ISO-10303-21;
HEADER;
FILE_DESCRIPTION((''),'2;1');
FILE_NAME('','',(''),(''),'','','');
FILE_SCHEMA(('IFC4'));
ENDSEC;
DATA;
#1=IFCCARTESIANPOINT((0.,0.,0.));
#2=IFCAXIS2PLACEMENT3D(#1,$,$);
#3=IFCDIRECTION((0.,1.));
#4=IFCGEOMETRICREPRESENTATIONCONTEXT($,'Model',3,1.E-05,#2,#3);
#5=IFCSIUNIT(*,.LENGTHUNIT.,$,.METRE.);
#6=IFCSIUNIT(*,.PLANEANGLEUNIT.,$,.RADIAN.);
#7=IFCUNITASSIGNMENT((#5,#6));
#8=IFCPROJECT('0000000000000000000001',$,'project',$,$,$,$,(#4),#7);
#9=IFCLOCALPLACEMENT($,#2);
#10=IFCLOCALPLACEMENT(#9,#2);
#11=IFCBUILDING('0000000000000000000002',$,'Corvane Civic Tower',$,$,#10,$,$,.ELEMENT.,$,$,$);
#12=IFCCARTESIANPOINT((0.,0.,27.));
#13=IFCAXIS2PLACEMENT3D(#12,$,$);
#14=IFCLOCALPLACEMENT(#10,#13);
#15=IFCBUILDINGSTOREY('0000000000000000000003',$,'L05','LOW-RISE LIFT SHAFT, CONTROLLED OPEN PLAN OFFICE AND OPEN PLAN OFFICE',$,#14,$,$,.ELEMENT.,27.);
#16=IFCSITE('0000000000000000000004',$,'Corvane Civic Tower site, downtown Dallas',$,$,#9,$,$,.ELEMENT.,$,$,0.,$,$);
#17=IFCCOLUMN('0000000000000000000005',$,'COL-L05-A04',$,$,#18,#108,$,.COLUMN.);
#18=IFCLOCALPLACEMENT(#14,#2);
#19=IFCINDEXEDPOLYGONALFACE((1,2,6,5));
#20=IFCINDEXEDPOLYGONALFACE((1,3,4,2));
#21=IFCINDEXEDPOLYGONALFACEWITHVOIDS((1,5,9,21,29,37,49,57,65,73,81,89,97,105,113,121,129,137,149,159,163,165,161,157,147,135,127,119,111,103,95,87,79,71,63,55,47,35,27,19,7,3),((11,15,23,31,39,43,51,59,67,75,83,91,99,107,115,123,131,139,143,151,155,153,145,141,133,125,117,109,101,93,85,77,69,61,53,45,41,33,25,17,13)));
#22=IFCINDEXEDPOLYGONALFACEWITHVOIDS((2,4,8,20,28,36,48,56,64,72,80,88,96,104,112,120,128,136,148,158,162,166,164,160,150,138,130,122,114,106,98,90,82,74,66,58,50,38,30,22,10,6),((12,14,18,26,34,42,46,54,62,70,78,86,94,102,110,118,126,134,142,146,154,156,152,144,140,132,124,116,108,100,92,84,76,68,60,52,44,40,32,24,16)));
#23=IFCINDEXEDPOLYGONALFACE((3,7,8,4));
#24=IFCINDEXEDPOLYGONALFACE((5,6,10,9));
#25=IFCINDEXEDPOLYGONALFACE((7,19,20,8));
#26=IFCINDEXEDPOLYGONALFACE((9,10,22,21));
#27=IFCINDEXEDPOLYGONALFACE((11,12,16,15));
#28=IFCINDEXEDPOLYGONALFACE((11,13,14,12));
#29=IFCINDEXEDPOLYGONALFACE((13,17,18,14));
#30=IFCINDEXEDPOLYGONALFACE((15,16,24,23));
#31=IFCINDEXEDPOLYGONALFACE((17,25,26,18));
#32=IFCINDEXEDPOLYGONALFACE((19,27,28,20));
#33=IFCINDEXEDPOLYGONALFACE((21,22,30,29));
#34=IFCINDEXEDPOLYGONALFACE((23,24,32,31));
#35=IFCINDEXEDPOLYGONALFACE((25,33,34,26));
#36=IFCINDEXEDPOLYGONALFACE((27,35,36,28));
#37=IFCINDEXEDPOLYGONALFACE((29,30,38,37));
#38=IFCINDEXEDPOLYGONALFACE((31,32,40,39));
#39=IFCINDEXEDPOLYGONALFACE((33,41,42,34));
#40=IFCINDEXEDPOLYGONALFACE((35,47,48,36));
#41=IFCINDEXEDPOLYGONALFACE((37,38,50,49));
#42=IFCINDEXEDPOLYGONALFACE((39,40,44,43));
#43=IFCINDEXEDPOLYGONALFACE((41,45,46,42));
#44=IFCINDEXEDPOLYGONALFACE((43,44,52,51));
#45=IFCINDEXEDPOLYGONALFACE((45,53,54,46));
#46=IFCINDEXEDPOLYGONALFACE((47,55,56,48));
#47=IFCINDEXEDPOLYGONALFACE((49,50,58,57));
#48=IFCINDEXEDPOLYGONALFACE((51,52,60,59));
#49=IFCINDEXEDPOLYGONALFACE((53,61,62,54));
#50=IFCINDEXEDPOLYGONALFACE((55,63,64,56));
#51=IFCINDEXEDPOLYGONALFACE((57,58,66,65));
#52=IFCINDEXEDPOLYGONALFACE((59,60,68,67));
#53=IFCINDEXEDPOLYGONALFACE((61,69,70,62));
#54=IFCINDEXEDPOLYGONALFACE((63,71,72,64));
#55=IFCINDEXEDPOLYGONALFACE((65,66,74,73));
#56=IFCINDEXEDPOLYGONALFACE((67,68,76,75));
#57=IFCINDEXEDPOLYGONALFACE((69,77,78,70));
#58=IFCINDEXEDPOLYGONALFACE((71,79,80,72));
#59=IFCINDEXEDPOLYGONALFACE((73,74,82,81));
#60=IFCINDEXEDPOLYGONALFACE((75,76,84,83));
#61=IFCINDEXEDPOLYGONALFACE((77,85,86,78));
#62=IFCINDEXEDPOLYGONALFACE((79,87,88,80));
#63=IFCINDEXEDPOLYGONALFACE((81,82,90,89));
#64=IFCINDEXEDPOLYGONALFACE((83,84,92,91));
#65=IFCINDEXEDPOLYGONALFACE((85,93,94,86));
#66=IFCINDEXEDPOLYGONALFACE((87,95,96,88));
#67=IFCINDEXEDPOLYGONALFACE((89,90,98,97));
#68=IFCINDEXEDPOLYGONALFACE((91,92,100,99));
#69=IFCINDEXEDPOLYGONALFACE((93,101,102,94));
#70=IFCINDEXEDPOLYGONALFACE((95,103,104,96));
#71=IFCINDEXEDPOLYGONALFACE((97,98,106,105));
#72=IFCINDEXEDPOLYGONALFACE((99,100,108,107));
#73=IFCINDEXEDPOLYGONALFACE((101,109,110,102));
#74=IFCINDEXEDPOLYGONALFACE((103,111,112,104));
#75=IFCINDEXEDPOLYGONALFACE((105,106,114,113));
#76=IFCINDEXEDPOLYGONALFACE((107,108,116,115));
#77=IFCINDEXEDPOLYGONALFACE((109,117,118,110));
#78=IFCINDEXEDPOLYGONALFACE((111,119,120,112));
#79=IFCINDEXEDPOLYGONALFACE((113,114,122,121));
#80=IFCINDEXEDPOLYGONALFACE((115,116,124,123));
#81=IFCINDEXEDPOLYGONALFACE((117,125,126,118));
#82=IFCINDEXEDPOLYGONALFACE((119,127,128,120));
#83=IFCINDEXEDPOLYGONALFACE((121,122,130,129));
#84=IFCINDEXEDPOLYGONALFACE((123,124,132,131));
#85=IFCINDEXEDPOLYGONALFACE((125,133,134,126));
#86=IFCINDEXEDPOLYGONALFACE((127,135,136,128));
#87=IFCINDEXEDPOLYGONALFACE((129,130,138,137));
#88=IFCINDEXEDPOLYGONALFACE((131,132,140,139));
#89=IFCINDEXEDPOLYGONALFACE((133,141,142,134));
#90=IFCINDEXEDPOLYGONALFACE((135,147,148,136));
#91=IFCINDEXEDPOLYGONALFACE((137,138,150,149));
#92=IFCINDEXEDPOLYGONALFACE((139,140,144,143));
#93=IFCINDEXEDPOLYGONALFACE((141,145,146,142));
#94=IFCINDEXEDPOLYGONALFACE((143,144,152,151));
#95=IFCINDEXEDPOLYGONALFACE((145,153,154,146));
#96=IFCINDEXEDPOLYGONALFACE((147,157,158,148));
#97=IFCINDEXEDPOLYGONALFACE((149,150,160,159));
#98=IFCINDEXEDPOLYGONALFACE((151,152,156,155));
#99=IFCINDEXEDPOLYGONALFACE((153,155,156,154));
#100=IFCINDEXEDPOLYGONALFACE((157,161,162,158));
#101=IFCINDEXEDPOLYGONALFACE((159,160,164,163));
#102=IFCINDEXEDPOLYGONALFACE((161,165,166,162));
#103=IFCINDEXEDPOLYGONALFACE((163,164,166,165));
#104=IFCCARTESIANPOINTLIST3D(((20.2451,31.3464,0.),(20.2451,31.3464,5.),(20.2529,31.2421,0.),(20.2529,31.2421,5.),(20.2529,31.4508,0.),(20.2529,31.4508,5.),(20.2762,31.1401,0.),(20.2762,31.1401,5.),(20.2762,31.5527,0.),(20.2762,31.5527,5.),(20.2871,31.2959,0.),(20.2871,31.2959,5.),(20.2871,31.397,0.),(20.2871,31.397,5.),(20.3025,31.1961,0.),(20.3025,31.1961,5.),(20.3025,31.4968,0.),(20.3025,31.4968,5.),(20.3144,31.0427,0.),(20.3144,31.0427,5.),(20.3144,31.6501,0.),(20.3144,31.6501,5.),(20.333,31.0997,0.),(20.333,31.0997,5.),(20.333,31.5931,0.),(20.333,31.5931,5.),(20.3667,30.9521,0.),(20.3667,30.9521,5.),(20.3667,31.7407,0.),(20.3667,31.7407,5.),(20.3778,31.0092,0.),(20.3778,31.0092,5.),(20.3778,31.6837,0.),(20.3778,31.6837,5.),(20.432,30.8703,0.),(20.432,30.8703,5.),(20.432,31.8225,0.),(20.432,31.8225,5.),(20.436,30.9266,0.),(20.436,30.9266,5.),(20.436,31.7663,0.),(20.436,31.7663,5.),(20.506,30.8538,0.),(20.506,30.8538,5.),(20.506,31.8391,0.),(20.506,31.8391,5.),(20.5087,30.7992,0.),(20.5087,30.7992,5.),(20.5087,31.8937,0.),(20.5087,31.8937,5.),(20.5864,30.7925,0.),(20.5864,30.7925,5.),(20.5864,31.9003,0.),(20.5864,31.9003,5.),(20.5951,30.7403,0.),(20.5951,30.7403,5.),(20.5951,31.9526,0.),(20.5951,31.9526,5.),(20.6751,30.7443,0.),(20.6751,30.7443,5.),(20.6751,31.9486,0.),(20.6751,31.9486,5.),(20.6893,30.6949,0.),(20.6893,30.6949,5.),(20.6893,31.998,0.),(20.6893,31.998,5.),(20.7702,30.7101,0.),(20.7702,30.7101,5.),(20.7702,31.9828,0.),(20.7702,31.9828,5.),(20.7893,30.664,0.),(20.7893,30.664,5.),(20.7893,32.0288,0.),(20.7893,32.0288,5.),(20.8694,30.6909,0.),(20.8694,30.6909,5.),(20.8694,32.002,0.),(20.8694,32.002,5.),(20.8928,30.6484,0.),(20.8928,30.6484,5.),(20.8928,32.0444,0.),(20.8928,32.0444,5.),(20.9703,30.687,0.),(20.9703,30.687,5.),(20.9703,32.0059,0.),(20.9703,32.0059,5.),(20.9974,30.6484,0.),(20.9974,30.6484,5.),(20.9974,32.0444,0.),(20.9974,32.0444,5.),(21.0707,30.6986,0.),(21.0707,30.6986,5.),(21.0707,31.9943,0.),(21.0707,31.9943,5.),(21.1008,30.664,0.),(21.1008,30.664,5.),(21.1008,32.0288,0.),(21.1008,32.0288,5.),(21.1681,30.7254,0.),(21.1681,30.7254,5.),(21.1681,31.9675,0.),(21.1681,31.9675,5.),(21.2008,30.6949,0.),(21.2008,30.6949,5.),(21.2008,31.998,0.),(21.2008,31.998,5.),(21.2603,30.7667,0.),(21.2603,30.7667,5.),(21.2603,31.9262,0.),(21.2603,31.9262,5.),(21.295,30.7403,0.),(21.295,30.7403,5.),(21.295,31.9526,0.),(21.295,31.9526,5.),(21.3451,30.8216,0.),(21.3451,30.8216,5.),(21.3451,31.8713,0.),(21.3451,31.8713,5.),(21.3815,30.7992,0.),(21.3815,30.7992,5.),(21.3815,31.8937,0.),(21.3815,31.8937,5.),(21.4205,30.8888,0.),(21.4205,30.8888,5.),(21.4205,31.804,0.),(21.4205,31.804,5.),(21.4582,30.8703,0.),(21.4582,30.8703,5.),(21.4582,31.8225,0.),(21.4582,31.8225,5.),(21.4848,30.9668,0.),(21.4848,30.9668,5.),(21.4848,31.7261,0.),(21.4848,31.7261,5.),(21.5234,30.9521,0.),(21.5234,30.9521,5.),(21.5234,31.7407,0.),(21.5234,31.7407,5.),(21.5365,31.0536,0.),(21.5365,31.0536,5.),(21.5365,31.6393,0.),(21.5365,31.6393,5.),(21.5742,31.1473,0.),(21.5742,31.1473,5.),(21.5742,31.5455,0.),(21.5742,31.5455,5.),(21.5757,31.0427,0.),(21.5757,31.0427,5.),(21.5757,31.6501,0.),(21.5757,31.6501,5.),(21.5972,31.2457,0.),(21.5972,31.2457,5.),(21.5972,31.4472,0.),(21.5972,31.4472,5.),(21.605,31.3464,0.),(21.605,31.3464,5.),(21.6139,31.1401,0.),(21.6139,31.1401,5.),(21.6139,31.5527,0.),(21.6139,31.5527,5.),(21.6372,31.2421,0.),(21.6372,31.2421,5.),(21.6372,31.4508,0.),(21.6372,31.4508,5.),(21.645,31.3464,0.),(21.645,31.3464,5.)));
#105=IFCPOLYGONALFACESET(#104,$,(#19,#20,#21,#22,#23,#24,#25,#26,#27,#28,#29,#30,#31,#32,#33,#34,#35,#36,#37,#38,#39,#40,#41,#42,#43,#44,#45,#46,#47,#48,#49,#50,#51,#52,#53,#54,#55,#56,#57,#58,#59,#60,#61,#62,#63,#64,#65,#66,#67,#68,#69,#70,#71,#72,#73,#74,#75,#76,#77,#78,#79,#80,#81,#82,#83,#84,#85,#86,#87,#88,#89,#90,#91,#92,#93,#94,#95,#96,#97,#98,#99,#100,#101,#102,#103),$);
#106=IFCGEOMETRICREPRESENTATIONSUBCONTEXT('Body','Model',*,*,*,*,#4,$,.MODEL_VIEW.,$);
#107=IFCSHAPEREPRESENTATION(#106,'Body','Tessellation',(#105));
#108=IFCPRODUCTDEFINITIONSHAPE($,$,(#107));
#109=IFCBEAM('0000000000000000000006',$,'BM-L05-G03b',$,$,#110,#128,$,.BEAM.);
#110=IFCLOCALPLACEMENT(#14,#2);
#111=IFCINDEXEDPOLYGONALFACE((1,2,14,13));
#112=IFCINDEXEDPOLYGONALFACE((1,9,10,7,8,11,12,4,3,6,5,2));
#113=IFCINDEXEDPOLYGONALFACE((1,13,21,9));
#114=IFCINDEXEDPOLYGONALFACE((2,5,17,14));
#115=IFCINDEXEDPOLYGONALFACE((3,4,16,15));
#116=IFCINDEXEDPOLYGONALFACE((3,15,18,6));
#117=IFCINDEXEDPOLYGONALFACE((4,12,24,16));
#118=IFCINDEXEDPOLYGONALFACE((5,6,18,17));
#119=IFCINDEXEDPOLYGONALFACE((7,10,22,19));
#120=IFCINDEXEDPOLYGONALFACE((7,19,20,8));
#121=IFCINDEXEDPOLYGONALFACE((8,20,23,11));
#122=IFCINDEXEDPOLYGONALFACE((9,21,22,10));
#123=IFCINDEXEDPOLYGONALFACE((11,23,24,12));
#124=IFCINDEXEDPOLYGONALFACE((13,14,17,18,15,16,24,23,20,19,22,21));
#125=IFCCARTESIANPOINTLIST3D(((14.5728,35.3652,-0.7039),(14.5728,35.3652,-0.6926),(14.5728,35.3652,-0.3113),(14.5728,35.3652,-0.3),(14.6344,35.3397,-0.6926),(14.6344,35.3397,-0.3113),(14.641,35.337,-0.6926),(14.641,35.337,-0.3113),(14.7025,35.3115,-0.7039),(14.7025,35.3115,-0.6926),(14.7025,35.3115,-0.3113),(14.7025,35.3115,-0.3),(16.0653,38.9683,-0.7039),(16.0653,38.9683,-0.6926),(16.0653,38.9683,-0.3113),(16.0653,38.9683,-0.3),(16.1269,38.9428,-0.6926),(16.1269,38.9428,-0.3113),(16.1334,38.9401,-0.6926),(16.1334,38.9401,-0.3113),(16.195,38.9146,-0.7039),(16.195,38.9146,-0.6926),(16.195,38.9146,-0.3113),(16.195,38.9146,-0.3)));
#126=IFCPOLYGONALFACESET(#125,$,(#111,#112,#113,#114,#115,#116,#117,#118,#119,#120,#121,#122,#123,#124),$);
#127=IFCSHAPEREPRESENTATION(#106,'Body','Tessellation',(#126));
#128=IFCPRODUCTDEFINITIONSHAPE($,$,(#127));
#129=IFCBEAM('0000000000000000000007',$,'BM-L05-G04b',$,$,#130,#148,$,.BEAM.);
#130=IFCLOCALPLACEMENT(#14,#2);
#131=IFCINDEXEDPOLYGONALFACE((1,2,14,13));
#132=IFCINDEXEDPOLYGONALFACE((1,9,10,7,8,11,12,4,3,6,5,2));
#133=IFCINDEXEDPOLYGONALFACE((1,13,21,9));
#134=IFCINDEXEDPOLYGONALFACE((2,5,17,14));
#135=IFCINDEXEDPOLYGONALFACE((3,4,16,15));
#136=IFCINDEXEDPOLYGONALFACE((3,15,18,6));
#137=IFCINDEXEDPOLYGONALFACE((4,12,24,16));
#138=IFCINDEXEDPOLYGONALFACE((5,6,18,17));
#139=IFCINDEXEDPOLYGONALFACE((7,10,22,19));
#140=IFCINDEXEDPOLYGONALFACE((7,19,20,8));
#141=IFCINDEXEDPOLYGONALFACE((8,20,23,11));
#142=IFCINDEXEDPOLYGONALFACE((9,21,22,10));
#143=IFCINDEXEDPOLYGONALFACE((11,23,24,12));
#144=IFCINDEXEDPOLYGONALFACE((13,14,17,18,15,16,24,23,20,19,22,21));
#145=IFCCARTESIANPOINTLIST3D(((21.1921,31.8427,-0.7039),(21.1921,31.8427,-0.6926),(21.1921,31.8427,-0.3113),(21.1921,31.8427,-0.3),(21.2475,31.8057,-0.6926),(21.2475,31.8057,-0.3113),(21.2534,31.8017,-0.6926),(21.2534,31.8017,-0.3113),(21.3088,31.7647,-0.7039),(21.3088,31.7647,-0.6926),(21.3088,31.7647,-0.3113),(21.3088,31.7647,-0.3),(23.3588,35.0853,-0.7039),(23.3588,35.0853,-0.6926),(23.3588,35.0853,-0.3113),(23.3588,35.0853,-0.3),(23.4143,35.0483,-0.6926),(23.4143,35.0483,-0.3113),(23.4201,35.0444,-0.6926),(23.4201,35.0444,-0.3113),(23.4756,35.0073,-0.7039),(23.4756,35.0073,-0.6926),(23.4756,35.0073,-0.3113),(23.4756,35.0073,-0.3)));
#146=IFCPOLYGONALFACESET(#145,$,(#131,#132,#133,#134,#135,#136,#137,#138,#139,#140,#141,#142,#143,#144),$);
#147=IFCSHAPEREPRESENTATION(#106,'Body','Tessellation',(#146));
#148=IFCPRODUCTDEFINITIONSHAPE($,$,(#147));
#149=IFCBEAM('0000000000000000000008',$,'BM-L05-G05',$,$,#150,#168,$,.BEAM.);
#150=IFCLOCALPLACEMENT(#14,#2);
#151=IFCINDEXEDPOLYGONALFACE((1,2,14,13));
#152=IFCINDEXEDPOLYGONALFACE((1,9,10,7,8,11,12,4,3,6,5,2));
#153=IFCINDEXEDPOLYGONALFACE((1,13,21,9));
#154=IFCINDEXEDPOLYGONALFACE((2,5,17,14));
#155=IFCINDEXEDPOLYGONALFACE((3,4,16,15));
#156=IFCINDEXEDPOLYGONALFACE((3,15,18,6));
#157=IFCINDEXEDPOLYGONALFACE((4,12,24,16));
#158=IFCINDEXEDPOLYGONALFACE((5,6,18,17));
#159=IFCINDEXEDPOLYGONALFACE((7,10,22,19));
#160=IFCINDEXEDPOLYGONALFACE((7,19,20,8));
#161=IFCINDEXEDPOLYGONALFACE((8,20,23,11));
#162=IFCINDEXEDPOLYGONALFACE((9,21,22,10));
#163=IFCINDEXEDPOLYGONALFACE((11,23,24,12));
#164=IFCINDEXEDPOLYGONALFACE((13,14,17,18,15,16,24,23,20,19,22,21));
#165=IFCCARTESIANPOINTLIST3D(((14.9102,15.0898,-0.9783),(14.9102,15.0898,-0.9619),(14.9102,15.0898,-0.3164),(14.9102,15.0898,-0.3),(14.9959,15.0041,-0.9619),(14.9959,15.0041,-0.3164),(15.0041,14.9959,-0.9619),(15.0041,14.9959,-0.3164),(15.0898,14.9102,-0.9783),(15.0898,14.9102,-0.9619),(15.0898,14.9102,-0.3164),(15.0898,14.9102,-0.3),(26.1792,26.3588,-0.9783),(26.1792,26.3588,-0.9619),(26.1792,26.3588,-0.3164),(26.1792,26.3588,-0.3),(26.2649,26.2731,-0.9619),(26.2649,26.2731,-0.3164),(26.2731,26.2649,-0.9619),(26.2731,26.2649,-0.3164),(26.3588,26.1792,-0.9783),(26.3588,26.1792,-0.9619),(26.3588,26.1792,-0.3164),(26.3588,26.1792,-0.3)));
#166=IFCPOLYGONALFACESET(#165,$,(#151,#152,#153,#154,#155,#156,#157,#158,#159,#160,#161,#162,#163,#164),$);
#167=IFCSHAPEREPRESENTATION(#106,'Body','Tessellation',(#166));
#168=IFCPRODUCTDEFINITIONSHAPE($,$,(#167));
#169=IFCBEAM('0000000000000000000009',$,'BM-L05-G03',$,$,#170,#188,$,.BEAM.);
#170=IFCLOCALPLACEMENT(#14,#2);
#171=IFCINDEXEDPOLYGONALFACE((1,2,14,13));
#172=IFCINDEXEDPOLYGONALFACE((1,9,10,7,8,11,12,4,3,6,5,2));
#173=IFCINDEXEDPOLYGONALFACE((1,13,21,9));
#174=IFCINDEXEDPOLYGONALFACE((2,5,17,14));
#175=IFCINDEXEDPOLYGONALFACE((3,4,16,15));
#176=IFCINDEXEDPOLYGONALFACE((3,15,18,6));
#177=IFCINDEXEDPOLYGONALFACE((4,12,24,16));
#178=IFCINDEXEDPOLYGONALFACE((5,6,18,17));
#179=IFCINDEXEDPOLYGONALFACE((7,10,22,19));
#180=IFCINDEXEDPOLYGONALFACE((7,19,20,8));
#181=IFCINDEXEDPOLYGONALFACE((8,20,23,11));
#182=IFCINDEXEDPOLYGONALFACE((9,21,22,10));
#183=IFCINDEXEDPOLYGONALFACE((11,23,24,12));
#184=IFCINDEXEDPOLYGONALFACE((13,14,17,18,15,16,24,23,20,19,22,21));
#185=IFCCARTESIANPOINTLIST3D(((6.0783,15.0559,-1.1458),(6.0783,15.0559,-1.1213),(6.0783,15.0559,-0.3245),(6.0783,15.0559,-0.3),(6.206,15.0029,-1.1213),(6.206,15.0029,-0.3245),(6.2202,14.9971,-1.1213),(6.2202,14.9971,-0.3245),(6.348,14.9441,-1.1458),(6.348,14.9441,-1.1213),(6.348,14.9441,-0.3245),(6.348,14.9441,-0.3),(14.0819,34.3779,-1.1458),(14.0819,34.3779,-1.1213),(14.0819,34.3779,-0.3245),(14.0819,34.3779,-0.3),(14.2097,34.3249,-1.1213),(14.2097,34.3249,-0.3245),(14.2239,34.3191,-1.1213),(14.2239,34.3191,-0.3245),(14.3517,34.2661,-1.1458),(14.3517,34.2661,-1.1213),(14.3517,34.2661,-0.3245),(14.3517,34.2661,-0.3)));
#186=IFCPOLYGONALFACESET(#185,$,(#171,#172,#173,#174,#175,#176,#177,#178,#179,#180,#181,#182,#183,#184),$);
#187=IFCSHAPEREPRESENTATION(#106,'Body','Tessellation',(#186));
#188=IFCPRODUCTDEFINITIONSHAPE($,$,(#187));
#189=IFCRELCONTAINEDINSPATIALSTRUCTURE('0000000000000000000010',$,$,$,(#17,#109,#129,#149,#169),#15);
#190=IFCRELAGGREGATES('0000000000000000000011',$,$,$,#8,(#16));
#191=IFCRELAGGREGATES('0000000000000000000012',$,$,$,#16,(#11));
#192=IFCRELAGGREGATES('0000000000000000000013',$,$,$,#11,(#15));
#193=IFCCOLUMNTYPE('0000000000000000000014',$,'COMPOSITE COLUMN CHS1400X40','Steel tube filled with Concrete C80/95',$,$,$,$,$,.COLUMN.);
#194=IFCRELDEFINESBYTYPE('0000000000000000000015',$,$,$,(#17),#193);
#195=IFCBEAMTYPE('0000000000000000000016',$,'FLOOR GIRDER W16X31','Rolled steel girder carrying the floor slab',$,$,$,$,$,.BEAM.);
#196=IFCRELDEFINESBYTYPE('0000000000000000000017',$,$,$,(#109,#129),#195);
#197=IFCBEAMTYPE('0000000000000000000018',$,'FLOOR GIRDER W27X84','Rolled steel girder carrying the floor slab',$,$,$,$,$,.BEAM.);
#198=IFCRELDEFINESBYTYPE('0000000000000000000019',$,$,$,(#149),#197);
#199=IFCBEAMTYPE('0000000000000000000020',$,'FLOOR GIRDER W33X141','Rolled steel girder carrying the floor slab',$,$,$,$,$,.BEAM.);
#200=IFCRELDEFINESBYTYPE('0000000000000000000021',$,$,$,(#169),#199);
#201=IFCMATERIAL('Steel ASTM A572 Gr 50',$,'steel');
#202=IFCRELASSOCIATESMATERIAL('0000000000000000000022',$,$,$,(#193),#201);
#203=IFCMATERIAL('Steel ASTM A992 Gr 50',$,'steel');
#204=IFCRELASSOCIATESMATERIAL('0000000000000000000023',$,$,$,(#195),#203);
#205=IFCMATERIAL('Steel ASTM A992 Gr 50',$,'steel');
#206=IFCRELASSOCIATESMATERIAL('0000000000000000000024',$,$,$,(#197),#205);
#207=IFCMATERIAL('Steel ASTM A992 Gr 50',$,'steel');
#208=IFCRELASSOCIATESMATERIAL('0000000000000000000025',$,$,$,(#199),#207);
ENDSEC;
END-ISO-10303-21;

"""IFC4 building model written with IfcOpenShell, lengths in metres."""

from ifc_helpers import new_model, si_unit, direction, frame, origin, origin_2d, place, context, subcontext, project, spatial, hollow_circle, i_section, extrude, material, material_profile, profile_set, type_object, element, save


model = new_model("IFC4")

# Units and contexts
model_context = context("Model", 3, precision=1e-05, world=origin(), true_north=direction((0.0, 1.0)))
body_context = subcontext(model_context, "Body", "Model", "MODEL_VIEW")
ifc_project = project(units=[si_unit("LENGTHUNIT", "METRE"), si_unit("PLANEANGLEUNIT", "RADIAN")], contexts=[model_context])

# Site, building, storey
site_placement = place(None, origin())
site = spatial("IfcSite", under=ifc_project, at=site_placement, Name="Corvane Civic Tower site, downtown Dallas", CompositionType="ELEMENT", RefElevation=0.0)
building_placement = place(site_placement, origin())
building = spatial("IfcBuilding", under=site, at=building_placement, Name="Corvane Civic Tower", CompositionType="ELEMENT")
storey_placement = place(building_placement, frame((0.0, 0.0, 27.0)))
storey = spatial("IfcBuildingStorey", under=building, at=storey_placement, Name="L05", Description="LOW-RISE LIFT SHAFT, CONTROLLED OPEN PLAN OFFICE AND OPEN PLAN OFFICE", CompositionType="ELEMENT", Elevation=27.0)

# Column
ifc_material_1 = material(Name="Steel ASTM A572 Gr 50", Category="steel")
ifc_material_profile_1 = material_profile(ifc_material_1, hollow_circle(Radius=0.7, WallThickness=0.04, at=origin_2d()), Name="CHS1400X40")
ifc_profile_set_1 = profile_set([ifc_material_profile_1], Name="Steel ASTM A572 Gr 50")
column_type_1 = type_object("IfcColumnType", Name="COMPOSITE COLUMN CHS1400X40", Description="Steel tube filled with Concrete C80/95", PredefinedType="COLUMN", material=ifc_profile_set_1)
for number, where, z_axis, x_axis, name in (
    (1, (20.9451, 31.3464, 0.0), (0.0, 0.0, 1.0), (1.0, 0.0, 0.0), "COL-L05-A04"),
):
    element("IfcColumn", number, at=place(storey_placement, frame(where, z_axis=z_axis, x_axis=x_axis)), inside=storey, type_object=column_type_1, Name=name, PredefinedType="COLUMN", context=body_context, shape_type="SweptSolid", body=[
        extrude(hollow_circle(Radius=0.7, WallThickness=0.04, at=origin_2d()), origin(), (0.0, 0.0, 1.0), 5.0),
    ])

# Beams
ifc_material_2 = material(Name="Steel ASTM A992 Gr 50", Category="steel")
ifc_material_profile_2 = material_profile(ifc_material_2, i_section(OverallWidth=0.1404, OverallDepth=0.4038, WebThickness=0.0071, FlangeThickness=0.0112, at=origin_2d()), Name="W16X31")
ifc_profile_set_2 = profile_set([ifc_material_profile_2], Name="Steel ASTM A992 Gr 50")
beam_type_1 = type_object("IfcBeamType", Name="FLOOR GIRDER W16X31", Description="Rolled steel girder carrying the floor slab", PredefinedType="BEAM", material=ifc_profile_set_2)
for number, where, z_axis, x_axis, name in (
    (2, (14.6377, 35.3384, -0.502), (0.382685, 0.923879, 0.0), (-0.923879, 0.382685, 0.0), "BM-L05-G03b"),
    (3, (21.2505, 31.8037, -0.502), (0.555581, 0.831462, 0.0), (-0.831462, 0.555581, 0.0), "BM-L05-G04b"),
):
    element("IfcBeam", number, at=place(storey_placement, frame(where, z_axis=z_axis, x_axis=x_axis)), inside=storey, type_object=beam_type_1, Name=name, PredefinedType="BEAM", context=body_context, shape_type="SweptSolid", body=[
        extrude(i_section(OverallWidth=0.1404, OverallDepth=0.4038, WebThickness=0.0071, FlangeThickness=0.0112, at=origin_2d()), origin(), (0.0, 0.0, 1.0), 3.8999),
    ])
ifc_material_3 = material(Name="Steel ASTM A992 Gr 50", Category="steel")
ifc_material_profile_3 = material_profile(ifc_material_3, i_section(OverallWidth=0.2539, OverallDepth=0.6782, WebThickness=0.0117, FlangeThickness=0.0164, at=origin_2d()), Name="W27X84")
ifc_profile_set_3 = profile_set([ifc_material_profile_3], Name="Steel ASTM A992 Gr 50")
beam_type_2 = type_object("IfcBeamType", Name="FLOOR GIRDER W27X84", Description="Rolled steel girder carrying the floor slab", PredefinedType="BEAM", material=ifc_profile_set_3)
beam_1_placement = place(storey_placement, frame((15.0, 15.0, -0.6392), z_axis=(0.707107, 0.707107, 0.0), x_axis=(-0.707107, 0.707107, 0.0)))
element("IfcBeam", 4, at=beam_1_placement, inside=storey, type_object=beam_type_2, Name="BM-L05-G05", PredefinedType="BEAM", context=body_context, shape_type="SweptSolid", body=[
    extrude(i_section(OverallWidth=0.2539, OverallDepth=0.6782, WebThickness=0.0117, FlangeThickness=0.0164, at=origin_2d()), origin(), (0.0, 0.0, 1.0), 15.9368),
])
ifc_material_4 = material(Name="Steel ASTM A992 Gr 50", Category="steel")
ifc_material_profile_4 = material_profile(ifc_material_4, i_section(OverallWidth=0.292, OverallDepth=0.8457, WebThickness=0.0154, FlangeThickness=0.0244, at=origin_2d()), Name="W33X141")
ifc_profile_set_4 = profile_set([ifc_material_profile_4], Name="Steel ASTM A992 Gr 50")
beam_type_3 = type_object("IfcBeamType", Name="FLOOR GIRDER W33X141", Description="Rolled steel girder carrying the floor slab", PredefinedType="BEAM", material=ifc_profile_set_4)
beam_2_placement = place(storey_placement, frame((6.2131, 15.0, -0.7229), z_axis=(0.382692, 0.923876, 0.0), x_axis=(-0.923876, 0.382692, 0.0)))
element("IfcBeam", 5, at=beam_2_placement, inside=storey, type_object=beam_type_3, Name="BM-L05-G03", PredefinedType="BEAM", context=body_context, shape_type="SweptSolid", body=[
    extrude(i_section(OverallWidth=0.292, OverallDepth=0.8457, WebThickness=0.0154, FlangeThickness=0.0244, at=origin_2d()), origin(), (0.0, 0.0, 1.0), 20.9141),
])

save(model, "model.ifc")
